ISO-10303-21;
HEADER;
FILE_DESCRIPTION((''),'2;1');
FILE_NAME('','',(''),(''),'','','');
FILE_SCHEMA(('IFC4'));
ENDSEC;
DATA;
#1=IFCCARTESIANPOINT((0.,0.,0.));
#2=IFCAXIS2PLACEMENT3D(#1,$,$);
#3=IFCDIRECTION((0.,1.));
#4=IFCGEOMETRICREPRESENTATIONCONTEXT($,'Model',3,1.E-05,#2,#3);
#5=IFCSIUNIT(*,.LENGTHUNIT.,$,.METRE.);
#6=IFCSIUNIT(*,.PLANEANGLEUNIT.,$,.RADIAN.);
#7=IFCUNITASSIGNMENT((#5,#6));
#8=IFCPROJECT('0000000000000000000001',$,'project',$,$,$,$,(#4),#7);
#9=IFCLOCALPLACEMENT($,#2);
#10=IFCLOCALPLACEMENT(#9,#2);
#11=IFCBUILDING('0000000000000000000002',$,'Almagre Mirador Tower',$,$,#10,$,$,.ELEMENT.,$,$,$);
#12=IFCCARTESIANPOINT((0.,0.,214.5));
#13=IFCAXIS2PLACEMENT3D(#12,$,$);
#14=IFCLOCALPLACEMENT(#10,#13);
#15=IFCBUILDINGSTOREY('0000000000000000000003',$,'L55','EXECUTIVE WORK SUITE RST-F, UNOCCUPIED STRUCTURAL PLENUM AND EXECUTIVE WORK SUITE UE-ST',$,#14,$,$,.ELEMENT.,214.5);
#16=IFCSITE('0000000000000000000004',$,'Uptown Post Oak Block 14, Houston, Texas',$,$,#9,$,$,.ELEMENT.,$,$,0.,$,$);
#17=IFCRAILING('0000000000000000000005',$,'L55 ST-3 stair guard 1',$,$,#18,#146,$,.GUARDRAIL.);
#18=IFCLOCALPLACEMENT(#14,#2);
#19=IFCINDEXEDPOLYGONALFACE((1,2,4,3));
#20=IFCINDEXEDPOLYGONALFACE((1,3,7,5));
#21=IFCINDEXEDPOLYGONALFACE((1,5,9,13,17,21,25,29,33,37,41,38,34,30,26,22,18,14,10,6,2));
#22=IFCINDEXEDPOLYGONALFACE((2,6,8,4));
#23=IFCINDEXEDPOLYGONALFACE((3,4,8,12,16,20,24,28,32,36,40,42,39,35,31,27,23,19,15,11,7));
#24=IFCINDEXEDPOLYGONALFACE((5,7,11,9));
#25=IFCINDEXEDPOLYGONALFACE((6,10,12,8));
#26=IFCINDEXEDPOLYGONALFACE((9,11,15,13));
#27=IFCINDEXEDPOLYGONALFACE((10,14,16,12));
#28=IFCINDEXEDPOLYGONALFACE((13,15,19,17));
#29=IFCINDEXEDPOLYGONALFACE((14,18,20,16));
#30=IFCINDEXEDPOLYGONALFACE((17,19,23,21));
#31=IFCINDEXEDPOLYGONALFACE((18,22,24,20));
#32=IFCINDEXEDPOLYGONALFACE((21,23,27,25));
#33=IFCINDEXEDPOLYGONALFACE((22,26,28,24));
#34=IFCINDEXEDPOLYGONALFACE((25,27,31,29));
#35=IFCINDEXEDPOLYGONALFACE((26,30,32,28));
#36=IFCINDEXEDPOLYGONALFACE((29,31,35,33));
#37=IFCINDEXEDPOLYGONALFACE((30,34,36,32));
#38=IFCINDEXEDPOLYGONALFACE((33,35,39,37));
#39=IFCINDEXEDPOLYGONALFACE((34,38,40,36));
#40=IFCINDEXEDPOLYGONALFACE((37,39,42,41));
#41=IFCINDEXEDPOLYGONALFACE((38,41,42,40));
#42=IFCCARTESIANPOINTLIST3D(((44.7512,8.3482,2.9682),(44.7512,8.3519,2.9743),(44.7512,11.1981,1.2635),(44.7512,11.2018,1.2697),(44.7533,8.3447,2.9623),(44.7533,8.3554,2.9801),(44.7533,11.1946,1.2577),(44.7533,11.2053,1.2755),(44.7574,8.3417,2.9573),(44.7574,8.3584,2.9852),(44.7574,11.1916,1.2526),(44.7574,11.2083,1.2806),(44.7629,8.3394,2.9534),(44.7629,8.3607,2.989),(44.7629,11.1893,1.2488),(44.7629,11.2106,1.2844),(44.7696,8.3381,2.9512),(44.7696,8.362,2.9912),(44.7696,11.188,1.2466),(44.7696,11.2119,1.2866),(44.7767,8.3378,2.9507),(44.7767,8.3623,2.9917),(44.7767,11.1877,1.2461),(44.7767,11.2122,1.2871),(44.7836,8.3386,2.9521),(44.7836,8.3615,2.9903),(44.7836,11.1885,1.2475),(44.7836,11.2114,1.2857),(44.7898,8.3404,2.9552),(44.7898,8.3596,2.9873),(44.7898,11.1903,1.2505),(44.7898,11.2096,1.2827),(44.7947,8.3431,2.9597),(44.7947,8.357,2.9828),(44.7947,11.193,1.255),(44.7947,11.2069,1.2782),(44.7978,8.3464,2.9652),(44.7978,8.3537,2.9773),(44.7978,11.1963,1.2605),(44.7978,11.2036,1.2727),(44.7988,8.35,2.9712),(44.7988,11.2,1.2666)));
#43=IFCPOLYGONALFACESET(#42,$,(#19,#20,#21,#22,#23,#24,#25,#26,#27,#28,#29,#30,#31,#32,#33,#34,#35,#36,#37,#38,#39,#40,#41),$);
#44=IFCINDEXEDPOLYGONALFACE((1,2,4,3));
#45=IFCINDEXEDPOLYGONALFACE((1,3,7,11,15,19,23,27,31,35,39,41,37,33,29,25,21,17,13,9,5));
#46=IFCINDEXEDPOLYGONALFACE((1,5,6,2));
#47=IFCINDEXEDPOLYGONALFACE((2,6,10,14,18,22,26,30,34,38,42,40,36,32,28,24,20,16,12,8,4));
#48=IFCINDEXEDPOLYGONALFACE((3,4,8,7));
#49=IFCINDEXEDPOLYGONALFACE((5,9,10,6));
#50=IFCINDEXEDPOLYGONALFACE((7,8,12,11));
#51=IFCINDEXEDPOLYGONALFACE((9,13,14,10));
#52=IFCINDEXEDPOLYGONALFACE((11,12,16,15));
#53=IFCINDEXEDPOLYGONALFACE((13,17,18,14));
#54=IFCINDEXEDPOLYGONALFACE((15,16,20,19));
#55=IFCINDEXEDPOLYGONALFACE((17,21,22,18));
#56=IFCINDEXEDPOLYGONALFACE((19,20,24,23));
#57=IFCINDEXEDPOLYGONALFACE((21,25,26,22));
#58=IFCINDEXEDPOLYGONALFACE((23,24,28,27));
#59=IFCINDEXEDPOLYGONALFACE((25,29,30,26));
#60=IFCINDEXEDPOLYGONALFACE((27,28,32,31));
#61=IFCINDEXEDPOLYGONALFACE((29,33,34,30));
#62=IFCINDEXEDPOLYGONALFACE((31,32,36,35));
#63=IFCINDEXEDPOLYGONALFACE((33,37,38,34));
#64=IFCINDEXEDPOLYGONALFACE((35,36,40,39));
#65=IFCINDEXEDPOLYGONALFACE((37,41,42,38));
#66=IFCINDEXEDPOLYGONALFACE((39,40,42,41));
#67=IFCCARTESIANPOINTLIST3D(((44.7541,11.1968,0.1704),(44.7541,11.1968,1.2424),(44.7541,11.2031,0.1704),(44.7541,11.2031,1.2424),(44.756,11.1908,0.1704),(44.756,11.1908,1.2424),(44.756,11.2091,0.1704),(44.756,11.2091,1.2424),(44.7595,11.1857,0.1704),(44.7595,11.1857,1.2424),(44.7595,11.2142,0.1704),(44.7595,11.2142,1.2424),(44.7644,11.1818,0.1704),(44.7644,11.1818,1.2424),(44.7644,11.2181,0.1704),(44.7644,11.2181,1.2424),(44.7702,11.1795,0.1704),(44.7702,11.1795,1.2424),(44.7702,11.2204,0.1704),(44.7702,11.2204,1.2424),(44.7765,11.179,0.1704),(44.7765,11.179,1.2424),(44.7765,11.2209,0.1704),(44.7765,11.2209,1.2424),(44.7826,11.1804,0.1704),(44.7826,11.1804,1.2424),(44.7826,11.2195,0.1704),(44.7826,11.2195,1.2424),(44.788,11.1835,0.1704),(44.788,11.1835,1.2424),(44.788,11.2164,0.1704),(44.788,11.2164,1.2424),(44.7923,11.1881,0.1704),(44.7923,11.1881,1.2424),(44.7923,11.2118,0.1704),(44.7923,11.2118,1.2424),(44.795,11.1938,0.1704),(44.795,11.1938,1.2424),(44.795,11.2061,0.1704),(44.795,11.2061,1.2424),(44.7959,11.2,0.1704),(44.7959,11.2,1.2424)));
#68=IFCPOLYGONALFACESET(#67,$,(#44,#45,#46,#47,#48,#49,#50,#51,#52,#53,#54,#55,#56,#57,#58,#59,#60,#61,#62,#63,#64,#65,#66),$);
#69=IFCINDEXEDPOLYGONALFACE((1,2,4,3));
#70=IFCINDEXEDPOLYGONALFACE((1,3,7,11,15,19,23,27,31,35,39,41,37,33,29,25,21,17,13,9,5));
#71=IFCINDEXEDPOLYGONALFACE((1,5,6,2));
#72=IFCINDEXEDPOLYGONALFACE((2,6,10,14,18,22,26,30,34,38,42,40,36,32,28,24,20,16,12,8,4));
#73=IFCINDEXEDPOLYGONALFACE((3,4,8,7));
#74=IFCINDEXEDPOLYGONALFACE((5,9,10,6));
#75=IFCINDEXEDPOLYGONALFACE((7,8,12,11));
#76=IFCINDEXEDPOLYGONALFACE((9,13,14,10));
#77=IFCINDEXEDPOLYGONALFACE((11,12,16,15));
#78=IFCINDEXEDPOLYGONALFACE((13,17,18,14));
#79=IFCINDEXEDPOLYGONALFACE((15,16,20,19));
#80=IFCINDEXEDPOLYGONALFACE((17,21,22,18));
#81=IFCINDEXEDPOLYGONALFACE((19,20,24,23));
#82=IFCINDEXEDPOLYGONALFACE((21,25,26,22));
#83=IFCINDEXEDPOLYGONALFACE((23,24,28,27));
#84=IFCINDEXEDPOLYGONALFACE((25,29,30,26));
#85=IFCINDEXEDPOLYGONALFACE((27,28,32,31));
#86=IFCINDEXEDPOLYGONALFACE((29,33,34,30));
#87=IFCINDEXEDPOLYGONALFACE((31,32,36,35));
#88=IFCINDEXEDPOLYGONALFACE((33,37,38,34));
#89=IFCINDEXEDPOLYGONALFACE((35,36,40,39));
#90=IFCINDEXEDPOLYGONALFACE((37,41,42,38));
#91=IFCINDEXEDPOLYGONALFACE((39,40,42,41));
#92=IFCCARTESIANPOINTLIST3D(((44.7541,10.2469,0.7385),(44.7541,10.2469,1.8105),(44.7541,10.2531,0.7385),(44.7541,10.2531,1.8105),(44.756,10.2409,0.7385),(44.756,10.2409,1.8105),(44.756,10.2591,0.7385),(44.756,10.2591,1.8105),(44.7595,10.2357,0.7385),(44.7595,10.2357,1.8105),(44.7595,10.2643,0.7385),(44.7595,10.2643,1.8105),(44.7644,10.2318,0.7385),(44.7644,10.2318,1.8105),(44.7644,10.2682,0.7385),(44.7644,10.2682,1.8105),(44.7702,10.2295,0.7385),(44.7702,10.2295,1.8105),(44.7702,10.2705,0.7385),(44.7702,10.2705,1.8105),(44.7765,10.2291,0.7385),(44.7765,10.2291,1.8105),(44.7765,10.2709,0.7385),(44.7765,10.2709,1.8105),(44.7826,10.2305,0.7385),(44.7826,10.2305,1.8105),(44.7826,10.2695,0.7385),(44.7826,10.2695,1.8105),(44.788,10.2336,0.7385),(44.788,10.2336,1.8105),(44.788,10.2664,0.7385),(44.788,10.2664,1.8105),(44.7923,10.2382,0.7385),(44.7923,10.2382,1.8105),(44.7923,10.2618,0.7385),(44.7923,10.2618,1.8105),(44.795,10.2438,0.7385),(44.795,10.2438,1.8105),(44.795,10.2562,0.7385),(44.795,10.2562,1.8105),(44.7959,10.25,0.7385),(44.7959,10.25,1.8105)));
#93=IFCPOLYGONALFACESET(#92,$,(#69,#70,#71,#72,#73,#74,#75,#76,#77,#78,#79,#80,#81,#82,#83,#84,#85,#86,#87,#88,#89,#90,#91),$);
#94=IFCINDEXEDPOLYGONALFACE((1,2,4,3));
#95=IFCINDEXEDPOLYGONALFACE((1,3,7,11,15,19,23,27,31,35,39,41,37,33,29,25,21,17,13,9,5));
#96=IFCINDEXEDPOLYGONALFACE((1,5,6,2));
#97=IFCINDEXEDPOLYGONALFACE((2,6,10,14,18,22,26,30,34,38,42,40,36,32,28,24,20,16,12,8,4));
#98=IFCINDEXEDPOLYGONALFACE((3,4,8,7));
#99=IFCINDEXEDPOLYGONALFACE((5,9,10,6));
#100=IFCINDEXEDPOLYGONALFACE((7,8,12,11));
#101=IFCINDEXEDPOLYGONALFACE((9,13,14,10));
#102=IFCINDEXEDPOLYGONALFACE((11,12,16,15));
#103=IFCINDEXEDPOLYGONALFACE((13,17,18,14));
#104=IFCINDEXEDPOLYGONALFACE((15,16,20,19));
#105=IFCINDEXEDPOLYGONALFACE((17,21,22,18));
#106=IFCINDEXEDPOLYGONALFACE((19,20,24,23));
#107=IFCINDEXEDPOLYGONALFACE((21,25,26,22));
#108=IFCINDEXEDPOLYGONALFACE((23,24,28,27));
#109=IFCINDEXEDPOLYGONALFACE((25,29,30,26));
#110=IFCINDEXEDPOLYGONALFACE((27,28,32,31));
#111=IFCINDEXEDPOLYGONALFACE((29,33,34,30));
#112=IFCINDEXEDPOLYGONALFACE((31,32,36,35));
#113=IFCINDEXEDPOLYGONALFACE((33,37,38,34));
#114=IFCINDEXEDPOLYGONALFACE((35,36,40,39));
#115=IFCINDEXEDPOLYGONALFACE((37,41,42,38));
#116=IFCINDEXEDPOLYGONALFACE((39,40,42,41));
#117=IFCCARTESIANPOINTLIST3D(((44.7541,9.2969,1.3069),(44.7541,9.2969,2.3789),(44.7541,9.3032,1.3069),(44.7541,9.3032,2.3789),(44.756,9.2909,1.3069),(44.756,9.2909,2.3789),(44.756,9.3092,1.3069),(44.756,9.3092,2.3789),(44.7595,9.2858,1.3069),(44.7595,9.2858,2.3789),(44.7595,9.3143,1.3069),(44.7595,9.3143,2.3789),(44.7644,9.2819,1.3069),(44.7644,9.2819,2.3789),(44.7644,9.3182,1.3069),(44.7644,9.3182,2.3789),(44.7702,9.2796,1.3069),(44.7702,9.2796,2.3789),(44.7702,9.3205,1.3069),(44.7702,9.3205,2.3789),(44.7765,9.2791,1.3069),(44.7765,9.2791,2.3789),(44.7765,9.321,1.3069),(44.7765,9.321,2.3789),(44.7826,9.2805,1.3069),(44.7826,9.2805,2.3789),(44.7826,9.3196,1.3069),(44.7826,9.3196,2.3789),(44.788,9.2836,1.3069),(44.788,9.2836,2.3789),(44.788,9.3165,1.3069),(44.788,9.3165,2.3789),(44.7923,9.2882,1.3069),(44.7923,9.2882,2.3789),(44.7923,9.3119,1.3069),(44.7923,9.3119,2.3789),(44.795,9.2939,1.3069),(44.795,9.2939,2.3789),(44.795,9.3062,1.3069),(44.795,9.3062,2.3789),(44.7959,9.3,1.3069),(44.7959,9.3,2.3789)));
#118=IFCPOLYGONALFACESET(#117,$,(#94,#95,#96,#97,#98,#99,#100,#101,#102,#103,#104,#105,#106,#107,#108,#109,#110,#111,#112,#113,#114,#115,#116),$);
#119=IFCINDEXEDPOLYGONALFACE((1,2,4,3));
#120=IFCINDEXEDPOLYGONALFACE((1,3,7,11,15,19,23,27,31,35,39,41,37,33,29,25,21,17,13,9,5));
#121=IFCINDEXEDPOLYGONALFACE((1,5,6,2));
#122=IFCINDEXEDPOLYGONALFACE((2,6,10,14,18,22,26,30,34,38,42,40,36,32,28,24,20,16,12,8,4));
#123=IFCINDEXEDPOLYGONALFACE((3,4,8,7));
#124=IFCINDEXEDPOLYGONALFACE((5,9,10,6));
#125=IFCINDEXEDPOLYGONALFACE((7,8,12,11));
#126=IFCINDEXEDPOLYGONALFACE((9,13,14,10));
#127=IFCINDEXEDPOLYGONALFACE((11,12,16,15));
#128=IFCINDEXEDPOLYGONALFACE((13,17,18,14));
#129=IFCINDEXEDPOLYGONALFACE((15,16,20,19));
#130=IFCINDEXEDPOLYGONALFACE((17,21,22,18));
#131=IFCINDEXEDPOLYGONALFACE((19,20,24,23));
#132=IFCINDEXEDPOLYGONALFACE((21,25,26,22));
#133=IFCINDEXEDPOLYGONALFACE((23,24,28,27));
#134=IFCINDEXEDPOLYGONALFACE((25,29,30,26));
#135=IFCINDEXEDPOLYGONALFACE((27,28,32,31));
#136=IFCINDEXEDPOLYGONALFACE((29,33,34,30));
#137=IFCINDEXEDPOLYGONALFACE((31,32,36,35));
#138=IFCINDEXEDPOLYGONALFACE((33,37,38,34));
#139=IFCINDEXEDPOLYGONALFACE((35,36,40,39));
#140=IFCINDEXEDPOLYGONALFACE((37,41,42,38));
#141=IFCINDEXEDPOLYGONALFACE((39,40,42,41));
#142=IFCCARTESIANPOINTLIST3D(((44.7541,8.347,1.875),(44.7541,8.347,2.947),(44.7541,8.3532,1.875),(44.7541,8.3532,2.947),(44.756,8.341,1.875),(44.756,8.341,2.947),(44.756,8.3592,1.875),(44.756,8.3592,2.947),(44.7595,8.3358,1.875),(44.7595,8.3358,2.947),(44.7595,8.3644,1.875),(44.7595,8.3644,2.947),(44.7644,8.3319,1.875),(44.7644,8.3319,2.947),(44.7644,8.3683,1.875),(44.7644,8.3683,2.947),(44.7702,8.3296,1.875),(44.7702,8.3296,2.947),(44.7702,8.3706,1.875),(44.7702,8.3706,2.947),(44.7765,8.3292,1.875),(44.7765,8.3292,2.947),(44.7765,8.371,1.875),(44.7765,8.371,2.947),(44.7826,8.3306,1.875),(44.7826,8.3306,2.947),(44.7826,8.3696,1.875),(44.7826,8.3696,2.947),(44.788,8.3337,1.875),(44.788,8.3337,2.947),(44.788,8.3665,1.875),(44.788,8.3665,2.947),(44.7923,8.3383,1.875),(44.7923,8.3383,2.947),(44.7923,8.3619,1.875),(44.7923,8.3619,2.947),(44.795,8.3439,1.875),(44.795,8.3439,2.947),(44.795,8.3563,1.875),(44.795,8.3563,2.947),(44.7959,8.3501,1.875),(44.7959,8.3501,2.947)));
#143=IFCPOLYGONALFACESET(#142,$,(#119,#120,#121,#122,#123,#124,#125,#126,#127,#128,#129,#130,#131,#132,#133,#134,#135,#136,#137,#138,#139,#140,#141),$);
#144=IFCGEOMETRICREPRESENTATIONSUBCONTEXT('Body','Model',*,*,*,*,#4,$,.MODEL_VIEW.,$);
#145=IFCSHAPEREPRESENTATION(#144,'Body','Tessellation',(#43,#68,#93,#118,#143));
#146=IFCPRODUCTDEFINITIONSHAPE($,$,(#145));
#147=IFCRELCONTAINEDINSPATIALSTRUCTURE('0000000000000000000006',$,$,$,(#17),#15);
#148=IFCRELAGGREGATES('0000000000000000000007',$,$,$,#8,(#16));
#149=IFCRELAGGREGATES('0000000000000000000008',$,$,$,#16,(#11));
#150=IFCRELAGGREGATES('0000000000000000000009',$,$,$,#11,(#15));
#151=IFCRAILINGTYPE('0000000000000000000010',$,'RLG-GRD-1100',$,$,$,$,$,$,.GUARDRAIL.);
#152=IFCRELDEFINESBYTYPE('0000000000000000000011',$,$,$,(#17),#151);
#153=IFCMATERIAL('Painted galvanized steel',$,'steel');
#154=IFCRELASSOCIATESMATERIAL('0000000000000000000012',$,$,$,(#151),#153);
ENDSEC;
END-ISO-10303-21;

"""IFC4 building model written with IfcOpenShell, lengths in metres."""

from ifc_helpers import new_model, si_unit, direction, frame, origin, origin_2d, place, context, subcontext, project, spatial, circle, extrude, material, type_object, element, save


model = new_model("IFC4")

# Units and contexts
model_context = context("Model", 3, precision=1e-05, world=origin(), true_north=direction((0.0, 1.0)))
body_context = subcontext(model_context, "Body", "Model", "MODEL_VIEW")
ifc_project = project(units=[si_unit("LENGTHUNIT", "METRE"), si_unit("PLANEANGLEUNIT", "RADIAN")], contexts=[model_context])

# Site, building, storey
site_placement = place(None, origin())
site = spatial("IfcSite", under=ifc_project, at=site_placement, Name="Uptown Post Oak Block 14, Houston, Texas", CompositionType="ELEMENT", RefElevation=0.0)
building_placement = place(site_placement, origin())
building = spatial("IfcBuilding", under=site, at=building_placement, Name="Almagre Mirador Tower", CompositionType="ELEMENT")
storey_placement = place(building_placement, frame((0.0, 0.0, 214.5)))
storey = spatial("IfcBuildingStorey", under=building, at=storey_placement, Name="L55", Description="EXECUTIVE WORK SUITE RST-F, UNOCCUPIED STRUCTURAL PLENUM AND EXECUTIVE WORK SUITE UE-ST", CompositionType="ELEMENT", Elevation=214.5)

# Railing
ifc_material_1 = material(Name="Painted galvanized steel", Category="steel")
railing_type_1 = type_object("IfcRailingType", Name="RLG-GRD-1100", PredefinedType="GUARDRAIL", material=ifc_material_1)
railing_1_placement = place(storey_placement, frame((44.7749, 11.2, 0.1704)))
element("IfcRailing", 1, at=railing_1_placement, inside=storey, type_object=railing_type_1, Name="L55 ST-3 stair guard 1", PredefinedType="GUARDRAIL", context=body_context, shape_type="SweptSolid", body=[
    extrude(circle(Radius=0.0239, at=origin_2d()), frame((0.0, 0.0, 1.0962), z_axis=(0.0, -0.858199, 0.513317), x_axis=(1.0, 0.0, 0.0)), (0.0, 0.0, 1.0), 3.3208),
    extrude(circle(Radius=0.021, at=origin_2d()), origin(), (0.0, 0.0, 1.0), 1.072),
    extrude(circle(Radius=0.021, at=origin_2d()), frame((0.0, -0.95, 0.5681)), (0.0, 0.0, 1.0), 1.072),
    extrude(circle(Radius=0.021, at=origin_2d()), frame((0.0, -1.8999, 1.1365)), (0.0, 0.0, 1.0), 1.072),
    extrude(circle(Radius=0.021, at=origin_2d()), frame((0.0, -2.8499, 1.7046)), (0.0, 0.0, 1.0), 1.072),
])

save(model, "model.ifc")
